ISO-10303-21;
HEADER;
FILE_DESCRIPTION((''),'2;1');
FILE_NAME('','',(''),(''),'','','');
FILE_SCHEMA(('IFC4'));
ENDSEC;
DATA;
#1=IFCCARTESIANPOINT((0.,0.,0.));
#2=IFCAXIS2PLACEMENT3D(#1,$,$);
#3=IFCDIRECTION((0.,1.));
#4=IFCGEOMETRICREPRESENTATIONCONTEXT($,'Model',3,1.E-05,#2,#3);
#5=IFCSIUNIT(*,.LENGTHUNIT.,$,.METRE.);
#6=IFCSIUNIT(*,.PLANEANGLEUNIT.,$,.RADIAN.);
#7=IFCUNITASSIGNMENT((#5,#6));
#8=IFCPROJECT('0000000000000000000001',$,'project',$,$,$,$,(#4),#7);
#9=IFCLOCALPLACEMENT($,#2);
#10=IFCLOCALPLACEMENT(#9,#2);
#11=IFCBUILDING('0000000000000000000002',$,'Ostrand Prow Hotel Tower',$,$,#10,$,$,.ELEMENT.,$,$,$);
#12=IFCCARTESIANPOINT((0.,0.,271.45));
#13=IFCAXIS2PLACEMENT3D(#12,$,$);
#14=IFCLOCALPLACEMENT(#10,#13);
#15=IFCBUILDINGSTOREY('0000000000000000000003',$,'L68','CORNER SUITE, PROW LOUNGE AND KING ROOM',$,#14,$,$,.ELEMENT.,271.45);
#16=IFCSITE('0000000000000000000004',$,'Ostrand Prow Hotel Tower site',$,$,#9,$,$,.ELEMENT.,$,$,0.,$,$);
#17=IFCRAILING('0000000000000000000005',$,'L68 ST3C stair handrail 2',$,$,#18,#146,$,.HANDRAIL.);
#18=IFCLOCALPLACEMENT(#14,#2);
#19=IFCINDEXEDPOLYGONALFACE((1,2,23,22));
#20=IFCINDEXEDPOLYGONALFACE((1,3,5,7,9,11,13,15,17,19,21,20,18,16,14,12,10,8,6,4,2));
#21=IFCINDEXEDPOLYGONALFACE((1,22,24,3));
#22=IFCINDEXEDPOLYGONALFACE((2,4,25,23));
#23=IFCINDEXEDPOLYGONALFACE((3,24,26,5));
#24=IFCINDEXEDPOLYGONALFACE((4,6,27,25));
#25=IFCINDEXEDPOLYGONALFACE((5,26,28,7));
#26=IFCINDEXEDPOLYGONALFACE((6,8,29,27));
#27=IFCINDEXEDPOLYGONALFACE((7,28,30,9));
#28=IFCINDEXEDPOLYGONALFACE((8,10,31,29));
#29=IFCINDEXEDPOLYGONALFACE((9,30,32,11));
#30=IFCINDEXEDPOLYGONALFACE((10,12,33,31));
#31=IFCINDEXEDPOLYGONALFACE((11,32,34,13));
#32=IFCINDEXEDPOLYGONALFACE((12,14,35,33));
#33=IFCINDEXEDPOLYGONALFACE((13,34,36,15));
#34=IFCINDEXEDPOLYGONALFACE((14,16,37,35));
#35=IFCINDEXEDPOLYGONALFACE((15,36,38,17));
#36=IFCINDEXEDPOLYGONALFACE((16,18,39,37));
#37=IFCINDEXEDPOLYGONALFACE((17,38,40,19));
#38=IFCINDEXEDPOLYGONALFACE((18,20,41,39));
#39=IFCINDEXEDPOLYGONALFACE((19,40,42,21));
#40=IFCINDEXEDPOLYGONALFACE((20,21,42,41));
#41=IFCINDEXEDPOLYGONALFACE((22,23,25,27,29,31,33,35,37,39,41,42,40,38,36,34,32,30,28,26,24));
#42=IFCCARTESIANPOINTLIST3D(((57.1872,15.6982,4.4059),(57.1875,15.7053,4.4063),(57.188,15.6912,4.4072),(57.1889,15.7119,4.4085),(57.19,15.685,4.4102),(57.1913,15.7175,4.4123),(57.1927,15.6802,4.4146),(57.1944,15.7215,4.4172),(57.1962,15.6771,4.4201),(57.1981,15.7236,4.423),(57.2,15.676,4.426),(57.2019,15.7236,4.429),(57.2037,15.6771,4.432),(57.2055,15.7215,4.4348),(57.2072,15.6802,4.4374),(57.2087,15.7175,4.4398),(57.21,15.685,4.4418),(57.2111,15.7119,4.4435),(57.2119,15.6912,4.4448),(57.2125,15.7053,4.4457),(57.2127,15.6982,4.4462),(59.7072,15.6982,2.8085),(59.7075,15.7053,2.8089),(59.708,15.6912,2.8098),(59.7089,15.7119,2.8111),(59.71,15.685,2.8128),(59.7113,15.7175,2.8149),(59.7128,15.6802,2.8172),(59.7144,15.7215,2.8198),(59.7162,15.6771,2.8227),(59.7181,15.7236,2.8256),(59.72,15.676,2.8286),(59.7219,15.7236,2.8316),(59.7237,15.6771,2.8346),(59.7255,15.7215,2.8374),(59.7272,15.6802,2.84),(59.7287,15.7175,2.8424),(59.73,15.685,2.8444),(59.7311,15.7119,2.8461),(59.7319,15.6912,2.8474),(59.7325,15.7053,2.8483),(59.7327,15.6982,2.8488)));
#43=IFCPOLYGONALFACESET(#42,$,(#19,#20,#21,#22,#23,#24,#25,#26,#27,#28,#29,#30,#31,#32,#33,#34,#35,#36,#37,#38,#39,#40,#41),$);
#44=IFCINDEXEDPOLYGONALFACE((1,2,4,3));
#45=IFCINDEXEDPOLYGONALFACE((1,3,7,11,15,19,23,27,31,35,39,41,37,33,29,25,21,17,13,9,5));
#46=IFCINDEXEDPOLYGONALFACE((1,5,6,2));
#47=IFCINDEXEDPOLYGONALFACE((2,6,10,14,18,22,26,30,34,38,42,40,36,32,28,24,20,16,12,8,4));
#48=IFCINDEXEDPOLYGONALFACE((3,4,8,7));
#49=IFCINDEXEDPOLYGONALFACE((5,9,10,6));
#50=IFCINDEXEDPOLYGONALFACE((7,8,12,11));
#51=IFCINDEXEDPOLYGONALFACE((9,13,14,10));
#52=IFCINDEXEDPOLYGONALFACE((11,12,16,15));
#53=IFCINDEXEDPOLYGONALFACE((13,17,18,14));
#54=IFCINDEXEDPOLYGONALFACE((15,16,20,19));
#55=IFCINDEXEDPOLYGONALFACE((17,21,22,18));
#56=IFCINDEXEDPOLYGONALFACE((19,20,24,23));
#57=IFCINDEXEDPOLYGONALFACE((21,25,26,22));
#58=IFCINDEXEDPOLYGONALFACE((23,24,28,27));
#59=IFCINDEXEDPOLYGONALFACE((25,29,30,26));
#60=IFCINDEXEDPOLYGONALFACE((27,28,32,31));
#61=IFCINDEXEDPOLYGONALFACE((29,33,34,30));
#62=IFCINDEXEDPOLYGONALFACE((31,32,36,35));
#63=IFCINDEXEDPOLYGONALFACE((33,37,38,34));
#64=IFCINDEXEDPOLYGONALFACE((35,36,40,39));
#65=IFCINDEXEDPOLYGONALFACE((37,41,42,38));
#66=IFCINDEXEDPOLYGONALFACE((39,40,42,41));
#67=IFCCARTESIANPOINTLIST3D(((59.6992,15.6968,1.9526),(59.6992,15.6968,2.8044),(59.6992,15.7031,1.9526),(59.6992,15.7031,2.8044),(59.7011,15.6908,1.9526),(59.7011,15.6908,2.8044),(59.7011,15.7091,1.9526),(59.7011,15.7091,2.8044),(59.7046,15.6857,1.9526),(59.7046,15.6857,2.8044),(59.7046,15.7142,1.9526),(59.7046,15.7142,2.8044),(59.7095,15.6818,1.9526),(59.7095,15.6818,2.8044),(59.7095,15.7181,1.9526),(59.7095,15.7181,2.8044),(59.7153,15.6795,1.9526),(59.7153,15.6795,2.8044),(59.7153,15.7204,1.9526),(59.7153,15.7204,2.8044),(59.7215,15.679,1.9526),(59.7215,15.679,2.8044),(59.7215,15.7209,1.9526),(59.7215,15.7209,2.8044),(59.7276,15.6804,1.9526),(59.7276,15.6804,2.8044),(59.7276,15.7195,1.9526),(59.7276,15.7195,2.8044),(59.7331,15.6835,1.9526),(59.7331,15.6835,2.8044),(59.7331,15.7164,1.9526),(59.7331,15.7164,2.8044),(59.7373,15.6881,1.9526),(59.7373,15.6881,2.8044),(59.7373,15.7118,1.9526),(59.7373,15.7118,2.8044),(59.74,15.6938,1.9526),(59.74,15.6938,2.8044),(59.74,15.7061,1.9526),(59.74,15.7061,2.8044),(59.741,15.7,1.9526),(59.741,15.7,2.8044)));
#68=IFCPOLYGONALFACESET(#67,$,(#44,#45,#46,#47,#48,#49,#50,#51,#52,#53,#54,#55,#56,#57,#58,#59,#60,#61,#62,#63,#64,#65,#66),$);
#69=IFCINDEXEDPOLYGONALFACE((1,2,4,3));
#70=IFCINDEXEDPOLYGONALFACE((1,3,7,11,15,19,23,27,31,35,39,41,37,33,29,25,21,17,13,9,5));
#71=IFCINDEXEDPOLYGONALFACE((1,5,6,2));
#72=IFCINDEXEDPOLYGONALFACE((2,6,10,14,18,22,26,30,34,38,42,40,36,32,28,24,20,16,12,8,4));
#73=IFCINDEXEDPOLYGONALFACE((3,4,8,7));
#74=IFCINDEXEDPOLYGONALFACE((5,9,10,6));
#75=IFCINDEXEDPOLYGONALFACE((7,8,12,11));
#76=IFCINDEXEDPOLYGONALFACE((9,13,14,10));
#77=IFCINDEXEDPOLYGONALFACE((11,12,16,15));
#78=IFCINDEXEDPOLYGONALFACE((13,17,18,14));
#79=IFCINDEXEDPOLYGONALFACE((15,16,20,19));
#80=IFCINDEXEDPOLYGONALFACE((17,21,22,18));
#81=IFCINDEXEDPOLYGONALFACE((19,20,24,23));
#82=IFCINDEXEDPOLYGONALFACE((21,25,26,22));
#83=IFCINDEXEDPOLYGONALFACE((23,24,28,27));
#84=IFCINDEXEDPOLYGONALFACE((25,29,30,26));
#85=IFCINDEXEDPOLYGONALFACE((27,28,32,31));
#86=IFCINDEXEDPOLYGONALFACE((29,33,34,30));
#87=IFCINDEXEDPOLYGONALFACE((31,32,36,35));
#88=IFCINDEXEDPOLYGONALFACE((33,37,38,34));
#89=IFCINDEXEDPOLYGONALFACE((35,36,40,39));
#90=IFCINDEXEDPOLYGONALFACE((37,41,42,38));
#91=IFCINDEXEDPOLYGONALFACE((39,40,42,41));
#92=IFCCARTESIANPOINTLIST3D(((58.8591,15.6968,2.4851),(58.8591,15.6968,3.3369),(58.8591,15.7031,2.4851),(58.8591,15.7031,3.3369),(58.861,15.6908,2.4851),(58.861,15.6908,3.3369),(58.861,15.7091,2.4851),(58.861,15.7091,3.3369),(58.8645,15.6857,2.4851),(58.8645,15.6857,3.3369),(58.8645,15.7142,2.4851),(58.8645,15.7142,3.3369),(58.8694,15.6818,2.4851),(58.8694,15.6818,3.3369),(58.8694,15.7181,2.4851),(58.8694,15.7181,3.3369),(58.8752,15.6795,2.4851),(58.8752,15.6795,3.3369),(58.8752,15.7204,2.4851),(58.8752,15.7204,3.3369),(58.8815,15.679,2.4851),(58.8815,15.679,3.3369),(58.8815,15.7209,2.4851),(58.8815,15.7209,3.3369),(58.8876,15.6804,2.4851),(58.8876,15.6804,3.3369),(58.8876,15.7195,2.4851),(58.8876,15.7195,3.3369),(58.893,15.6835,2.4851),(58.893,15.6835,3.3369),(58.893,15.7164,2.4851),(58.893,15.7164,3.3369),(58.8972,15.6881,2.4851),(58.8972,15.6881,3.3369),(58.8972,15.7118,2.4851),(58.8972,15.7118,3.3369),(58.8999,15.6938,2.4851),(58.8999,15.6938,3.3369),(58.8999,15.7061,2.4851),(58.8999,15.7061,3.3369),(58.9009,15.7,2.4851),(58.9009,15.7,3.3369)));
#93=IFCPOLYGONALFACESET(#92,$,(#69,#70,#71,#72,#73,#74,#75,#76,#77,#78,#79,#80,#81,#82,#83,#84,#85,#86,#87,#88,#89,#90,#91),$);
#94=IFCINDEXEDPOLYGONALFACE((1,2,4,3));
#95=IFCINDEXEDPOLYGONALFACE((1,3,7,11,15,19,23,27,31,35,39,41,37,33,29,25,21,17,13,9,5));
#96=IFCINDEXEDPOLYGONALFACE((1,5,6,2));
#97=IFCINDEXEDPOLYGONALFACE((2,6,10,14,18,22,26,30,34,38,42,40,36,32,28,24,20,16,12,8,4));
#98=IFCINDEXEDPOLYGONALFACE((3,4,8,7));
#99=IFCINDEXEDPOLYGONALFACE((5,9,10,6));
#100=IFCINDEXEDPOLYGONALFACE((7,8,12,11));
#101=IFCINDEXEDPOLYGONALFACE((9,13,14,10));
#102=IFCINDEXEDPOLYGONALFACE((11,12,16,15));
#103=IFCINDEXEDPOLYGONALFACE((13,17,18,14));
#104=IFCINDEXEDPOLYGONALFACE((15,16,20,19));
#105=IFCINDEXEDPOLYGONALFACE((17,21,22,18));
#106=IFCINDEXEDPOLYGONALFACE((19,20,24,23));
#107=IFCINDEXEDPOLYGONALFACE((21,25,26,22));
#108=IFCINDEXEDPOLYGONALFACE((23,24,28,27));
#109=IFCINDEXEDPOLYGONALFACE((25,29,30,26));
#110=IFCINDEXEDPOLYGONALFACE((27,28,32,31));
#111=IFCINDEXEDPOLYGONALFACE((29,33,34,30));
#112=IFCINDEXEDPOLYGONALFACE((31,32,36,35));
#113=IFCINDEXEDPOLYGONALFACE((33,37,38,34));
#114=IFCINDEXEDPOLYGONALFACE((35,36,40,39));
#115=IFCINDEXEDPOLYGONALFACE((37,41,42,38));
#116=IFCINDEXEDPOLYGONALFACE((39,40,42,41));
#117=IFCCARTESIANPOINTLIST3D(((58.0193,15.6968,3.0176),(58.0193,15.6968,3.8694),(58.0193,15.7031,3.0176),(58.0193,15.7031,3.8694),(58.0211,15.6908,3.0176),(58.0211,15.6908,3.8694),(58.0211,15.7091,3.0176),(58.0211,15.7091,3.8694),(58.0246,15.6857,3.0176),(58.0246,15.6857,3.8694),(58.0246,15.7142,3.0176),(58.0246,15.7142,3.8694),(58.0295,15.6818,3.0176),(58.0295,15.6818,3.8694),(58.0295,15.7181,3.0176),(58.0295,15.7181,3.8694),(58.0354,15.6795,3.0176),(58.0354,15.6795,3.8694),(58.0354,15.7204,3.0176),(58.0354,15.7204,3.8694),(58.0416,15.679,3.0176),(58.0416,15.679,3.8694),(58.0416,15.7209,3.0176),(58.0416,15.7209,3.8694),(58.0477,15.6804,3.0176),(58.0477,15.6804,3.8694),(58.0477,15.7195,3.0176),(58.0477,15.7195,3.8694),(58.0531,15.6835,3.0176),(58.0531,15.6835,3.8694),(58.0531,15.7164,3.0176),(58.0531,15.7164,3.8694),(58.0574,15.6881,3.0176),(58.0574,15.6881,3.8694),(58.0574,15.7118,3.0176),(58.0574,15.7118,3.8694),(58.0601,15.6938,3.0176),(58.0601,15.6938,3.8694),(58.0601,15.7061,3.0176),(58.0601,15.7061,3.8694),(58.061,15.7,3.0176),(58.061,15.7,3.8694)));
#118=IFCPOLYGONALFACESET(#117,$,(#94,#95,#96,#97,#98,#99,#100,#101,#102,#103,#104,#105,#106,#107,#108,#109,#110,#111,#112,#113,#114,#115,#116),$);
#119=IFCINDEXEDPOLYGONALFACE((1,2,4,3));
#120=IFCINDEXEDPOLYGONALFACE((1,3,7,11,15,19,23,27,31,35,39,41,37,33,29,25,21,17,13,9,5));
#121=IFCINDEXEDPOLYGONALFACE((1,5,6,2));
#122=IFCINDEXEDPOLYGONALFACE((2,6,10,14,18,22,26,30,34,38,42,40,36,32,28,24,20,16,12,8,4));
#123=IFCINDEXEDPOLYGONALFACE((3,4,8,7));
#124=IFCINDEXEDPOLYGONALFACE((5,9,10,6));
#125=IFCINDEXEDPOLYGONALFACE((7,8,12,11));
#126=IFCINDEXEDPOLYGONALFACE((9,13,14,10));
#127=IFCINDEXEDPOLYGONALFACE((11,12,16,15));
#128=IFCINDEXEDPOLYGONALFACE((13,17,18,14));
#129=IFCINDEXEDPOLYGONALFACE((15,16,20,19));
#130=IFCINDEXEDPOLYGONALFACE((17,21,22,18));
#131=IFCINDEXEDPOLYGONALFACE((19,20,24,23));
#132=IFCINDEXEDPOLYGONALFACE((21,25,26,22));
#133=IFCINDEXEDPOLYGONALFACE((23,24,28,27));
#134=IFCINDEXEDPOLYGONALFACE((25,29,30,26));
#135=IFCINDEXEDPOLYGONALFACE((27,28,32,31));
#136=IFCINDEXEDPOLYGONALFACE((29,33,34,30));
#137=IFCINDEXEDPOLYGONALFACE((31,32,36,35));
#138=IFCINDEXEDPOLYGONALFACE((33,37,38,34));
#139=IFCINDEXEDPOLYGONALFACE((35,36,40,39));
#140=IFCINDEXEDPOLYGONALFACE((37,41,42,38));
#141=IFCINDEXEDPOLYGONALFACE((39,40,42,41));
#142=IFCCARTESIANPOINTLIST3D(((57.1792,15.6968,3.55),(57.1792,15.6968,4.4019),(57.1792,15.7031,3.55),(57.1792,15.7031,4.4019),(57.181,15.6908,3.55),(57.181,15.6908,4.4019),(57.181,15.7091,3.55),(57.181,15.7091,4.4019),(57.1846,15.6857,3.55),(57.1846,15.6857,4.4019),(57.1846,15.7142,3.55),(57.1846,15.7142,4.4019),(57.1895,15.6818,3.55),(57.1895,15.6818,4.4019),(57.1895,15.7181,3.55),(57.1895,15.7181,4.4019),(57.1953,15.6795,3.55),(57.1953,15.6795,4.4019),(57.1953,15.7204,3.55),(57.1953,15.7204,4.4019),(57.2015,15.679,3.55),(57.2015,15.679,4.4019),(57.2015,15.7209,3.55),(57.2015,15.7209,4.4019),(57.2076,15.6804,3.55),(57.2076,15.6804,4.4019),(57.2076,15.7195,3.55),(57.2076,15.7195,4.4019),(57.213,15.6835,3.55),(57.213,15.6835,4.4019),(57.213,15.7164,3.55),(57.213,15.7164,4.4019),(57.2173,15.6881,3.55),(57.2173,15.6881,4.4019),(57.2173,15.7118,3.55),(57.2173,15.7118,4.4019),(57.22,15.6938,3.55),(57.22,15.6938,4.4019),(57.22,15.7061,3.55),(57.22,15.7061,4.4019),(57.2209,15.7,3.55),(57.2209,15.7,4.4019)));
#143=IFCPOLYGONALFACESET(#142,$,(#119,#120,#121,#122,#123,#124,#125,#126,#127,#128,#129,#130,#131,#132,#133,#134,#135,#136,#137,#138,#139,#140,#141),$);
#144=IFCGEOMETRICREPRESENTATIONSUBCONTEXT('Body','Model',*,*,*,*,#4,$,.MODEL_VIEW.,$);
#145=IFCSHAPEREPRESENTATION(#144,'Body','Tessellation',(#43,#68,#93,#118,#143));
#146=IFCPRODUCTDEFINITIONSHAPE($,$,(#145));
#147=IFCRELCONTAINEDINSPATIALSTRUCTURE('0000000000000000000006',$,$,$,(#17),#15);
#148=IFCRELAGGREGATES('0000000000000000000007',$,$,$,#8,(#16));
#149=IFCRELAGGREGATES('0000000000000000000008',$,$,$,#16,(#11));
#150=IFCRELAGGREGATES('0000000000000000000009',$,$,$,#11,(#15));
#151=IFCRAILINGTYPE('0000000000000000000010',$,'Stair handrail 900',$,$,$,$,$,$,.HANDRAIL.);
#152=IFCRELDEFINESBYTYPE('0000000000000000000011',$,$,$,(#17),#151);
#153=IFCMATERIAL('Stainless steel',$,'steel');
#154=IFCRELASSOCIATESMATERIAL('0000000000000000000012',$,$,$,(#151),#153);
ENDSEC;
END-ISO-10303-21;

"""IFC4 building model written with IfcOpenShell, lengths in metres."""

from ifc_helpers import new_model, si_unit, direction, frame, origin, origin_2d, place, context, subcontext, project, spatial, circle, extrude, material, type_object, element, save


model = new_model("IFC4")

# Units and contexts
model_context = context("Model", 3, precision=1e-05, world=origin(), true_north=direction((0.0, 1.0)))
body_context = subcontext(model_context, "Body", "Model", "MODEL_VIEW")
ifc_project = project(units=[si_unit("LENGTHUNIT", "METRE"), si_unit("PLANEANGLEUNIT", "RADIAN")], contexts=[model_context])

# Site, building, storey
site_placement = place(None, origin())
site = spatial("IfcSite", under=ifc_project, at=site_placement, Name="Ostrand Prow Hotel Tower site", CompositionType="ELEMENT", RefElevation=0.0)
building_placement = place(site_placement, origin())
building = spatial("IfcBuilding", under=site, at=building_placement, Name="Ostrand Prow Hotel Tower", CompositionType="ELEMENT")
storey_placement = place(building_placement, frame((0.0, 0.0, 271.45)))
storey = spatial("IfcBuildingStorey", under=building, at=storey_placement, Name="L68", Description="CORNER SUITE, PROW LOUNGE AND KING ROOM", CompositionType="ELEMENT", Elevation=271.45)

# Railing
ifc_material_1 = material(Name="Stainless steel", Category="steel")
railing_type_1 = type_object("IfcRailingType", Name="Stair handrail 900", PredefinedType="HANDRAIL", material=ifc_material_1)
railing_1_placement = place(storey_placement, frame((59.72, 15.7, 1.9526)))
element("IfcRailing", 1, at=railing_1_placement, inside=storey, type_object=railing_type_1, Name="L68 ST3C stair handrail 2", PredefinedType="HANDRAIL", context=body_context, shape_type="SweptSolid", body=[
    extrude(circle(Radius=0.0239, at=origin_2d()), frame((0.0, 0.0, 0.876), z_axis=(-0.844607, 0.0, 0.535387), x_axis=(0.0, -1.0, 0.0)), (0.0, 0.0, 1.0), 2.9836),
    extrude(circle(Radius=0.021, at=origin_2d()), origin(), (0.0, 0.0, 1.0), 0.8518),
    extrude(circle(Radius=0.021, at=origin_2d()), frame((-0.8401, 0.0, 0.5325)), (0.0, 0.0, 1.0), 0.8518),
    extrude(circle(Radius=0.021, at=origin_2d()), frame((-1.6799, 0.0, 1.0649)), (0.0, 0.0, 1.0), 0.8518),
    extrude(circle(Radius=0.021, at=origin_2d()), frame((-2.52, 0.0, 1.5974)), (0.0, 0.0, 1.0), 0.8518),
])

save(model, "model.ifc")
